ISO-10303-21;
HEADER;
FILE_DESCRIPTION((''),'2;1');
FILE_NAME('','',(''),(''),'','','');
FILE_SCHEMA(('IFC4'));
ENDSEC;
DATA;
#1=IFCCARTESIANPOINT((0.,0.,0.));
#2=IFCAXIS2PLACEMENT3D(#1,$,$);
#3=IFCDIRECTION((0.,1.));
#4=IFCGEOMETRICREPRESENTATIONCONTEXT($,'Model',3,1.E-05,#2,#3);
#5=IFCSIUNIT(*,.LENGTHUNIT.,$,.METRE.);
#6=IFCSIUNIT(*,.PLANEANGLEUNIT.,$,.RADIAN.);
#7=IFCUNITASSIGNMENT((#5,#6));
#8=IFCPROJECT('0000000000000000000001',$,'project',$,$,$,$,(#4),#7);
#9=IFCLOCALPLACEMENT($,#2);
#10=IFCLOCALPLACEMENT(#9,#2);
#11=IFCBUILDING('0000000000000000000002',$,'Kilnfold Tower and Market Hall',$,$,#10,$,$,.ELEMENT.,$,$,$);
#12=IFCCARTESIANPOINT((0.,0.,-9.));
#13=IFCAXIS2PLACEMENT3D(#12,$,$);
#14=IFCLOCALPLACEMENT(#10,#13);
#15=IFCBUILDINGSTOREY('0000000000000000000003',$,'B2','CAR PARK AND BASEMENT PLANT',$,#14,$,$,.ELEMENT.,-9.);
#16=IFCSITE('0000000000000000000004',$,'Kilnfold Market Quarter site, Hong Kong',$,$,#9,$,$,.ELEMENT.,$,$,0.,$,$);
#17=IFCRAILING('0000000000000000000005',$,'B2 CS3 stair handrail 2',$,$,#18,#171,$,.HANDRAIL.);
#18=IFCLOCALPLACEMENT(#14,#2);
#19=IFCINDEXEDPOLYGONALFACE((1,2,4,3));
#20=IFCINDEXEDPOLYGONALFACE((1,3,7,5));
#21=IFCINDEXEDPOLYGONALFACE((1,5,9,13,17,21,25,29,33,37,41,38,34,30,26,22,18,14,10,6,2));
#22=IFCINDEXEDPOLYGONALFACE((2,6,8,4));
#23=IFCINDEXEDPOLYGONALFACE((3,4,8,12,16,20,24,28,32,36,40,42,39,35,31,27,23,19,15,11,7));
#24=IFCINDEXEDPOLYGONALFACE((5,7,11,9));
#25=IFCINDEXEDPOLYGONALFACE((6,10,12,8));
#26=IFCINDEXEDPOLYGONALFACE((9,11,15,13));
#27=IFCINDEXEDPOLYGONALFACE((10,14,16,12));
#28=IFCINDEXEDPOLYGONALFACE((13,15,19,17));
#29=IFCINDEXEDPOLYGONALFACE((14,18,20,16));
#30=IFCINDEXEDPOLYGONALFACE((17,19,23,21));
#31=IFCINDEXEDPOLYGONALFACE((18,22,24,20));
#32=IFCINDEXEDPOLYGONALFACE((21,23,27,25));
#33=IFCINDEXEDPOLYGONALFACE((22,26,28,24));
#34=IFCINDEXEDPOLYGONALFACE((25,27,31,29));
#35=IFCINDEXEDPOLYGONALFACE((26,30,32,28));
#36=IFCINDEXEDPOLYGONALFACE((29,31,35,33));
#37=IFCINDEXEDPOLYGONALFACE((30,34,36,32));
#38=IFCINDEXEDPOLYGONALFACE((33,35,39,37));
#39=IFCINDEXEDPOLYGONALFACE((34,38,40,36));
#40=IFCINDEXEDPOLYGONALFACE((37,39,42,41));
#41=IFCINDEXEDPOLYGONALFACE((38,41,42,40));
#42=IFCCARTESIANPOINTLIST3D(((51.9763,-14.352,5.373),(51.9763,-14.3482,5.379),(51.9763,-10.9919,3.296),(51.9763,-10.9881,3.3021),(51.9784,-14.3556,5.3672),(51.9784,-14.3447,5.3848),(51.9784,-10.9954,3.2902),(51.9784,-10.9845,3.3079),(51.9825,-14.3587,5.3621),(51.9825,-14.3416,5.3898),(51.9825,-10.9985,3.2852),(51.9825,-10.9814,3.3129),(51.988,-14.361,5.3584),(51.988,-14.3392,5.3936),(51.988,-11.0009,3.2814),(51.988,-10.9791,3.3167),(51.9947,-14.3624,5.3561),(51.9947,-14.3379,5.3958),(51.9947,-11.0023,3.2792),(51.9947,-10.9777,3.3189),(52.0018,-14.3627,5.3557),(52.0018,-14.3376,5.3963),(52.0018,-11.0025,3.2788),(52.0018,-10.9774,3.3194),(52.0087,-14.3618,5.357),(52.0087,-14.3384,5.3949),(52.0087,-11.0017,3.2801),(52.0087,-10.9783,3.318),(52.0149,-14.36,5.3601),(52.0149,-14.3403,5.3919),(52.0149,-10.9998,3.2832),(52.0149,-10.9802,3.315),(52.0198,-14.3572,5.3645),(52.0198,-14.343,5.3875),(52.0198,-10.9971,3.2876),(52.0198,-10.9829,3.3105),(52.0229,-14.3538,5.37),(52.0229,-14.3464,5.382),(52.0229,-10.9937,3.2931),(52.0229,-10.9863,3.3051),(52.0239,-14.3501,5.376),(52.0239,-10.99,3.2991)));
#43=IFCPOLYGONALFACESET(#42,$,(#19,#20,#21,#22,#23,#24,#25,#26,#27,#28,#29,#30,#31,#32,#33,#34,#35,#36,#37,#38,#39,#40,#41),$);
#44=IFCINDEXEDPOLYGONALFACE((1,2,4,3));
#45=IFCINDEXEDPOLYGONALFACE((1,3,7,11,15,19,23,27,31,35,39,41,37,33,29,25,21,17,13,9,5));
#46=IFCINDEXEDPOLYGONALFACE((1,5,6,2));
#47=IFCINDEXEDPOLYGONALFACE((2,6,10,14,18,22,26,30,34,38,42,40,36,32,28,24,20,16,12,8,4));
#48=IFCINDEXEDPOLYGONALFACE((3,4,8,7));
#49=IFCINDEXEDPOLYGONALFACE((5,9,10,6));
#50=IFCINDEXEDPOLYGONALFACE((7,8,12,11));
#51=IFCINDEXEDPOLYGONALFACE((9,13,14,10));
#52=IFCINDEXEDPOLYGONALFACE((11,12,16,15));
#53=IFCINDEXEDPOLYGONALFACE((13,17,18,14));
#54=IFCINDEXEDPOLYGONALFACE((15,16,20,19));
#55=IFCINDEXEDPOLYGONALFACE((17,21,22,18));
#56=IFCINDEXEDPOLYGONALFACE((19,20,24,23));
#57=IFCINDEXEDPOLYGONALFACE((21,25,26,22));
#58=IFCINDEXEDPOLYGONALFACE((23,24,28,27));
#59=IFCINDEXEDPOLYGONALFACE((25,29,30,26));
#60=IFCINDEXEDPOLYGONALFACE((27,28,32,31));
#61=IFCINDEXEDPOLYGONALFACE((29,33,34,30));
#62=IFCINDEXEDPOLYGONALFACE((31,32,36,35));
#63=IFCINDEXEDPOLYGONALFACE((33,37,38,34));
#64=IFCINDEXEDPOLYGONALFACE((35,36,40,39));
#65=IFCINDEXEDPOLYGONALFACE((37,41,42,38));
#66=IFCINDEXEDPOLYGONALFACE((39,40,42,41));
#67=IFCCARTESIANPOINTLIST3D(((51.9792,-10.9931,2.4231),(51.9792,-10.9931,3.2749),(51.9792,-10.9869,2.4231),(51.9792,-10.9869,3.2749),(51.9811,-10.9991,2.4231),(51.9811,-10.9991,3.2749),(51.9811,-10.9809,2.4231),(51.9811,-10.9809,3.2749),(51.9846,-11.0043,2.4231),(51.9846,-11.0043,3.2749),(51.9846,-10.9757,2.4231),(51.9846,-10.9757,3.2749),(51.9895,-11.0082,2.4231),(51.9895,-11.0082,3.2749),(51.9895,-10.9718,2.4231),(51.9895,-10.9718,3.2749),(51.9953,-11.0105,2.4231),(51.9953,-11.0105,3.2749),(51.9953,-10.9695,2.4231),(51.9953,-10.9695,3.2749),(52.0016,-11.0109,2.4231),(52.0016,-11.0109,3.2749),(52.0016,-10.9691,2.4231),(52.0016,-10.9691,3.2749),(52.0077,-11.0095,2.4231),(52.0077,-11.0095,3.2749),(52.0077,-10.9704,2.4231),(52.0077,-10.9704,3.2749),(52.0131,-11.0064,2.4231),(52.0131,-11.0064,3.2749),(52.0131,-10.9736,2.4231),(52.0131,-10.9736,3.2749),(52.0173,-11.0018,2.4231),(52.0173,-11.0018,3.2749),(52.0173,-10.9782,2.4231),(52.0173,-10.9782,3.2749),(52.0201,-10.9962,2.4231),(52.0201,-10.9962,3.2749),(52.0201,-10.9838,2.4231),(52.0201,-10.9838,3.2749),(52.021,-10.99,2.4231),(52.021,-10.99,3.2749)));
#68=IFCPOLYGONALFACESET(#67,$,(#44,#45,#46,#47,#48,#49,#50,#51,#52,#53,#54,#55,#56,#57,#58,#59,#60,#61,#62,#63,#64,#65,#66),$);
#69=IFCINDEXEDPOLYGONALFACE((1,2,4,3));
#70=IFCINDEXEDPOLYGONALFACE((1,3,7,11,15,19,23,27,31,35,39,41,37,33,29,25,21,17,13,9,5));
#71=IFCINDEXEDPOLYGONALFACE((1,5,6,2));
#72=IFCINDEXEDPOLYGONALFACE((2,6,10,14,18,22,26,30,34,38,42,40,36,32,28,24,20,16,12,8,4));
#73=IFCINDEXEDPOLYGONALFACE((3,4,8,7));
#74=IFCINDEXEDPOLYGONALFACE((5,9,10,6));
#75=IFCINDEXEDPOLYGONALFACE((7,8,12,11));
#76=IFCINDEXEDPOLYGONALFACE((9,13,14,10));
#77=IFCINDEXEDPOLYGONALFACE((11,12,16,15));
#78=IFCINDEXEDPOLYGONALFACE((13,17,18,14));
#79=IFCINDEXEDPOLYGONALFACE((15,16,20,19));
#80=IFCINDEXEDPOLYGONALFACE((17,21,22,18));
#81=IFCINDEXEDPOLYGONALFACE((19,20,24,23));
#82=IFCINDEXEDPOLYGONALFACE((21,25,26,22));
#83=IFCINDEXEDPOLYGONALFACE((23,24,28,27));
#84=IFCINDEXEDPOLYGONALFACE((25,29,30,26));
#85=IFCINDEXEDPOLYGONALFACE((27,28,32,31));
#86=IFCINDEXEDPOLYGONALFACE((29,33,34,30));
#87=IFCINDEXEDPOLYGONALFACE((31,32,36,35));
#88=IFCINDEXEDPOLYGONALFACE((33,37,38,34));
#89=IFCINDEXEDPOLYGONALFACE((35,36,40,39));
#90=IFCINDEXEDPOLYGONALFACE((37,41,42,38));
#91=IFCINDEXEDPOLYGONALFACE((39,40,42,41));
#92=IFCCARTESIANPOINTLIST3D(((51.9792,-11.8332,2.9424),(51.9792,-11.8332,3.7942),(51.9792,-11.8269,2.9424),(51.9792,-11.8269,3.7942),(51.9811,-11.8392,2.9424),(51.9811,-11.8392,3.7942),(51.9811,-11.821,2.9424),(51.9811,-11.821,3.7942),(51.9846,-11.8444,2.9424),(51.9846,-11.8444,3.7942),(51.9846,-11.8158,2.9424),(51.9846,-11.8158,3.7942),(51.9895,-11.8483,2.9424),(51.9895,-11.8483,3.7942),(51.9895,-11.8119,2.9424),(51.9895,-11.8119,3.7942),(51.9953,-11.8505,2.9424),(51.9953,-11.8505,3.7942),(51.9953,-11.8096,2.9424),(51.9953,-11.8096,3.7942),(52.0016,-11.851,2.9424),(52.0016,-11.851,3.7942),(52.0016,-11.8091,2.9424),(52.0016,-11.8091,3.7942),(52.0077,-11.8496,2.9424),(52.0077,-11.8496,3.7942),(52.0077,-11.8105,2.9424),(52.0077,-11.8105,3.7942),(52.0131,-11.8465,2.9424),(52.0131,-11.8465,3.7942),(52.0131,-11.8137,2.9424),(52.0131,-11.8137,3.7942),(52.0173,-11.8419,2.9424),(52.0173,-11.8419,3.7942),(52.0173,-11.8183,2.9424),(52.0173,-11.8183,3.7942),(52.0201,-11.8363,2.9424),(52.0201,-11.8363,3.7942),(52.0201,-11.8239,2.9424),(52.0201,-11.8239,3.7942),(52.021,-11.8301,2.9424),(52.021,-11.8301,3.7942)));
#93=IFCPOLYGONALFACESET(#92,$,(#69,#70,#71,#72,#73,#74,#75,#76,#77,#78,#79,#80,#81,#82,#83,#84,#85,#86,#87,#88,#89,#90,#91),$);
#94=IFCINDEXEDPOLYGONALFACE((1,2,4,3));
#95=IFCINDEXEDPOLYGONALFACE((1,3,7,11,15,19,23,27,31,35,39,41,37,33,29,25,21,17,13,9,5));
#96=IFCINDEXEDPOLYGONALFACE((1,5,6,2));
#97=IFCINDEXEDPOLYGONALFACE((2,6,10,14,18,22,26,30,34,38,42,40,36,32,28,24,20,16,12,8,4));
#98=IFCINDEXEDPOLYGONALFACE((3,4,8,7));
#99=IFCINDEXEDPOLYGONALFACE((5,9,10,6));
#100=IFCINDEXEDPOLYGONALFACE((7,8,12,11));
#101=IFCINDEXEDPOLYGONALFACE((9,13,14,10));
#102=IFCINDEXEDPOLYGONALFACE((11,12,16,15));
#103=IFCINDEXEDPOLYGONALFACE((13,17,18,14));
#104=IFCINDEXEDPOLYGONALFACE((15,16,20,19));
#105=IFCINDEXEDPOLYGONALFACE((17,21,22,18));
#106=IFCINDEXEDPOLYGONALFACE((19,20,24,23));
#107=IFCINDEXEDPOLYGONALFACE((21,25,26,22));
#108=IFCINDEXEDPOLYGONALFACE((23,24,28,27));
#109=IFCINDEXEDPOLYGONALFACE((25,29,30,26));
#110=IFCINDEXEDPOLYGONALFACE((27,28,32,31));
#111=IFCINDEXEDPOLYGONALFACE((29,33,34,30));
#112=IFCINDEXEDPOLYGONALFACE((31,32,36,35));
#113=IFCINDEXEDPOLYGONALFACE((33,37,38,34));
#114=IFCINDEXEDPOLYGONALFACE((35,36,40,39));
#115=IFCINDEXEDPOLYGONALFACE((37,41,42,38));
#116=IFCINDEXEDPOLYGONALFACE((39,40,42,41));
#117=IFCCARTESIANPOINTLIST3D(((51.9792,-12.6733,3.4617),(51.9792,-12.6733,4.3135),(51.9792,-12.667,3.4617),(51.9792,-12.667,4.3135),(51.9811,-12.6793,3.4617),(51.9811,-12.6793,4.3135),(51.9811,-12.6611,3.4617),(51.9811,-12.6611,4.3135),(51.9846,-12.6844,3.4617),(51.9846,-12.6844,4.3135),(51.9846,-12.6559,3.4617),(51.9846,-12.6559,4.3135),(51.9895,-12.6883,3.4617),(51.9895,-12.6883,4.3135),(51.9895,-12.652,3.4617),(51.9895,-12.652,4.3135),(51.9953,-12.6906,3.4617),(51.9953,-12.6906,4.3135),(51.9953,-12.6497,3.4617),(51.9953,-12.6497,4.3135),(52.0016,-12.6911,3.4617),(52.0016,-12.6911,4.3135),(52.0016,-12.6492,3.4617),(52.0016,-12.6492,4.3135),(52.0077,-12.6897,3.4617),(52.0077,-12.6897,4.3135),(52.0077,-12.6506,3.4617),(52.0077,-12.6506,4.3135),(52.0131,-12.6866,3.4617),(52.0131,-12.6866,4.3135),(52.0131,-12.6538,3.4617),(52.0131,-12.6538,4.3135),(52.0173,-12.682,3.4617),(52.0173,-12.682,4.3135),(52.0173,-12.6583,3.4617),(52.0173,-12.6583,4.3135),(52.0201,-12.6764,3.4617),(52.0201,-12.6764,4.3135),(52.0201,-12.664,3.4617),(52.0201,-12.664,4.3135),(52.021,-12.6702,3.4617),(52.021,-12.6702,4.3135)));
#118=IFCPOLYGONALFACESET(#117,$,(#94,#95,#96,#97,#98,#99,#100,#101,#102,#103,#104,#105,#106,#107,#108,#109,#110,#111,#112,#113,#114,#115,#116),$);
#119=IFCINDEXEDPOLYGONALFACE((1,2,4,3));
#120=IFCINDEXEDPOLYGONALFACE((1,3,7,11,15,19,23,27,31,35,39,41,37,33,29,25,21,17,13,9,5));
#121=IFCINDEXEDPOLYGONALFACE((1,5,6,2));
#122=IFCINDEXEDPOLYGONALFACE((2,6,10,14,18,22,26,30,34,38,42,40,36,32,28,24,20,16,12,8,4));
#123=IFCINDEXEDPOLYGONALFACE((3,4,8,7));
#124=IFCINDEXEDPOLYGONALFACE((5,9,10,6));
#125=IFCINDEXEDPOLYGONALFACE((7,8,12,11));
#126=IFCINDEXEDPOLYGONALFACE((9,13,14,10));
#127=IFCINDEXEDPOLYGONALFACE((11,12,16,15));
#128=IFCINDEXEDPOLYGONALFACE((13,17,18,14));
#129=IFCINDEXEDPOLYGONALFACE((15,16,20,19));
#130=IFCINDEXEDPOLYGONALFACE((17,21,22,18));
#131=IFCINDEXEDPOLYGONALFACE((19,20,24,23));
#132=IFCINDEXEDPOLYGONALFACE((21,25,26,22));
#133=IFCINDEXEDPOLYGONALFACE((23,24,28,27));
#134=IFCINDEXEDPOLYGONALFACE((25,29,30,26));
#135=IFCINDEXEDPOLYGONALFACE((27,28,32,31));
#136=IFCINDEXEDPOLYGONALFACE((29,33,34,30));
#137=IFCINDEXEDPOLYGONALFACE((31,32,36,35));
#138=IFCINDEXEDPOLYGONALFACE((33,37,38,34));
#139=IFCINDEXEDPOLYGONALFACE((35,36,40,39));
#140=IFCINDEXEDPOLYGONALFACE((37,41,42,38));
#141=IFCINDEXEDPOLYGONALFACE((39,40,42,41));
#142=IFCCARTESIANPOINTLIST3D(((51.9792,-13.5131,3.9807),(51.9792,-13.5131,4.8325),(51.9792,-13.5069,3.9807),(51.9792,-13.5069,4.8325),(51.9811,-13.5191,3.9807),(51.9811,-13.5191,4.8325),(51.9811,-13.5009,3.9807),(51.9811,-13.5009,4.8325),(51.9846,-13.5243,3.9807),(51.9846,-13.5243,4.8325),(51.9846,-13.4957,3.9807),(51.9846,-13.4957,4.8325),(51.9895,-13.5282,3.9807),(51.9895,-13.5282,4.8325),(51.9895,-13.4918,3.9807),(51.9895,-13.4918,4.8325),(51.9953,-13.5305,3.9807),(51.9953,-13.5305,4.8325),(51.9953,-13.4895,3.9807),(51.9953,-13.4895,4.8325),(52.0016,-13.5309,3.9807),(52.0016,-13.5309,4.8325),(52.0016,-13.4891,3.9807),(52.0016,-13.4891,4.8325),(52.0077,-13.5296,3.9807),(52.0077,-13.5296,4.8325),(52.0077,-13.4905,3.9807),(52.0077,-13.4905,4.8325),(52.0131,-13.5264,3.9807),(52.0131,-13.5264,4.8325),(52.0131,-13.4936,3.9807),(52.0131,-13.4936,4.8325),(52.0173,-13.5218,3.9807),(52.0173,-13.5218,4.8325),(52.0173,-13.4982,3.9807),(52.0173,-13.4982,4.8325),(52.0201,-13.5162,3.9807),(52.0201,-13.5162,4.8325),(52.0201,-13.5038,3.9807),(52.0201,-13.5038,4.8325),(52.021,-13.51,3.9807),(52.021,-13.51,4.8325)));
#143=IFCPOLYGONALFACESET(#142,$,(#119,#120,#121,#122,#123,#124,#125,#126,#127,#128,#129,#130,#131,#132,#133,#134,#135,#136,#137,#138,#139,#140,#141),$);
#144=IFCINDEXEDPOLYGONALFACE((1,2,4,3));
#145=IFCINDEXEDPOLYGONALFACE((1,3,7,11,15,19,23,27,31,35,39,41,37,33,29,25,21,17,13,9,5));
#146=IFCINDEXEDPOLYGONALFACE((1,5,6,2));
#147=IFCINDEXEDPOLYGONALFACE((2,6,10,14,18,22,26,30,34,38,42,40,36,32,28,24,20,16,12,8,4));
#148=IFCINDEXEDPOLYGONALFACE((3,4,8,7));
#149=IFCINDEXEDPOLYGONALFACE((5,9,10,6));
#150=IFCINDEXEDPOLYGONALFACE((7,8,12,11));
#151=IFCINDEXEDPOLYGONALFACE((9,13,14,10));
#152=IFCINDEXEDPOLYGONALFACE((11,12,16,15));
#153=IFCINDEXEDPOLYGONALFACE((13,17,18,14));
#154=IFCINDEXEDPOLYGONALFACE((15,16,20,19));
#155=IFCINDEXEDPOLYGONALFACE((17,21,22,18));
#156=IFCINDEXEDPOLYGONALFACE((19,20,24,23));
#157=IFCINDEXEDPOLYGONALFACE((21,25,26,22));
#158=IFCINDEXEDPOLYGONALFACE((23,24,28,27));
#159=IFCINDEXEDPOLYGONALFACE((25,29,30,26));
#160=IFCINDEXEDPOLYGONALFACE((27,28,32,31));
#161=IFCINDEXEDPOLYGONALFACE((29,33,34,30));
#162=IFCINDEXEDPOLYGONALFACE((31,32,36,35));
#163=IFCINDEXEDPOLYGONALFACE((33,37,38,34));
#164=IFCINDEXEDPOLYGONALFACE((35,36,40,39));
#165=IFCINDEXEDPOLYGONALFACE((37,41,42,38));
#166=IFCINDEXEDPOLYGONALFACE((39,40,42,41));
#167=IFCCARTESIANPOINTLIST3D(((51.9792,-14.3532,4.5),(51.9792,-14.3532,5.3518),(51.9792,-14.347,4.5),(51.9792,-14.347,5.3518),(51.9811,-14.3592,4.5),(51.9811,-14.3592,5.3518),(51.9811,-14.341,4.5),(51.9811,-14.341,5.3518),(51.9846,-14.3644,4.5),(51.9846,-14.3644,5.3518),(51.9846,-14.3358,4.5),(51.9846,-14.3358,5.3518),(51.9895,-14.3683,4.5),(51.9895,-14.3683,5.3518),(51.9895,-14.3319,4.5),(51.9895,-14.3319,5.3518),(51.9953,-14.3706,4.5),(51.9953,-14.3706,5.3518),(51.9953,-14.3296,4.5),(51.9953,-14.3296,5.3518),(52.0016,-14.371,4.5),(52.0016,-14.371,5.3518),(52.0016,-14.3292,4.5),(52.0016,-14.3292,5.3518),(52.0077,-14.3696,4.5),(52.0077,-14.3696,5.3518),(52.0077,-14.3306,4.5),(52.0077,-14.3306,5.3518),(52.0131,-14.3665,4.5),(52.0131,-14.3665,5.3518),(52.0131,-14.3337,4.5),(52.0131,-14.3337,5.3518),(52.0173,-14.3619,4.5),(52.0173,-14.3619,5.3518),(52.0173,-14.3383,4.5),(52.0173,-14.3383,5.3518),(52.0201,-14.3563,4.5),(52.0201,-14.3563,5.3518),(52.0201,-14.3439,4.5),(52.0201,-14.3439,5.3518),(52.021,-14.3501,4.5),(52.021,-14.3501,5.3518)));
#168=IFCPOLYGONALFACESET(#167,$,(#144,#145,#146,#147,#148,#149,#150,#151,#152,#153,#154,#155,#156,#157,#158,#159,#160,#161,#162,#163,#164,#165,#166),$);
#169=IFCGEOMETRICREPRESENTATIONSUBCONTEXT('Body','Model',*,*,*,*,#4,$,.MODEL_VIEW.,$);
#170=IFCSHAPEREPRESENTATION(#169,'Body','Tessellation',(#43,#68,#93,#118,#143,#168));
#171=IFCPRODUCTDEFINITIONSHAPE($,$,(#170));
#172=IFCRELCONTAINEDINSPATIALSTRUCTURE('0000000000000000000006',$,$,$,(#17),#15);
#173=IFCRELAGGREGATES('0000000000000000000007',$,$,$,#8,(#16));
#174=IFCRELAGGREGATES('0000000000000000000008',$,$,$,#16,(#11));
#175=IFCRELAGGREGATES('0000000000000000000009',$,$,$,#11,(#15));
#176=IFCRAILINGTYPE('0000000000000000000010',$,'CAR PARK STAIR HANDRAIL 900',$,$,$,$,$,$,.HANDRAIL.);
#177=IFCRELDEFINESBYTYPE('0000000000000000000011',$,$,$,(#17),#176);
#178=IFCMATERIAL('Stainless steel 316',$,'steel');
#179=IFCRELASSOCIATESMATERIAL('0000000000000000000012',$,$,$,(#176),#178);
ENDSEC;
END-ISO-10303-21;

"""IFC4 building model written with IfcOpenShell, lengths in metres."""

from ifc_helpers import new_model, si_unit, direction, frame, origin, origin_2d, place, context, subcontext, project, spatial, circle, extrude, material, type_object, element, save


model = new_model("IFC4")

# Units and contexts
model_context = context("Model", 3, precision=1e-05, world=origin(), true_north=direction((0.0, 1.0)))
body_context = subcontext(model_context, "Body", "Model", "MODEL_VIEW")
ifc_project = project(units=[si_unit("LENGTHUNIT", "METRE"), si_unit("PLANEANGLEUNIT", "RADIAN")], contexts=[model_context])

# Site, building, storey
site_placement = place(None, origin())
site = spatial("IfcSite", under=ifc_project, at=site_placement, Name="Kilnfold Market Quarter site, Hong Kong", CompositionType="ELEMENT", RefElevation=0.0)
building_placement = place(site_placement, origin())
building = spatial("IfcBuilding", under=site, at=building_placement, Name="Kilnfold Tower and Market Hall", CompositionType="ELEMENT")
storey_placement = place(building_placement, frame((0.0, 0.0, -9.0)))
storey = spatial("IfcBuildingStorey", under=building, at=storey_placement, Name="B2", Description="CAR PARK AND BASEMENT PLANT", CompositionType="ELEMENT", Elevation=-9.0)

# Railing
ifc_material_1 = material(Name="Stainless steel 316", Category="steel")
railing_type_1 = type_object("IfcRailingType", Name="CAR PARK STAIR HANDRAIL 900", PredefinedType="HANDRAIL", material=ifc_material_1)
railing_1_placement = place(storey_placement, frame((52.0, -10.99, 2.4231)))
element("IfcRailing", 1, at=railing_1_placement, inside=storey, type_object=railing_type_1, Name="B2 CS3 stair handrail 2", PredefinedType="HANDRAIL", context=body_context, shape_type="SweptSolid", body=[
    extrude(circle(Radius=0.0239, at=origin_2d()), frame((0.0, 0.0, 0.876), z_axis=(0.0, -0.850623, 0.525776), x_axis=(1.0, 0.0, 0.0)), (0.0, 0.0, 1.0), 3.9502),
    extrude(circle(Radius=0.021, at=origin_2d()), origin(), (0.0, 0.0, 1.0), 0.8518),
    extrude(circle(Radius=0.021, at=origin_2d()), frame((0.0, -0.8401, 0.5193)), (0.0, 0.0, 1.0), 0.8518),
    extrude(circle(Radius=0.021, at=origin_2d()), frame((0.0, -1.6802, 1.0386)), (0.0, 0.0, 1.0), 0.8518),
    extrude(circle(Radius=0.021, at=origin_2d()), frame((0.0, -2.52, 1.5576)), (0.0, 0.0, 1.0), 0.8518),
    extrude(circle(Radius=0.021, at=origin_2d()), frame((0.0, -3.3601, 2.0769)), (0.0, 0.0, 1.0), 0.8518),
])

save(model, "model.ifc")
